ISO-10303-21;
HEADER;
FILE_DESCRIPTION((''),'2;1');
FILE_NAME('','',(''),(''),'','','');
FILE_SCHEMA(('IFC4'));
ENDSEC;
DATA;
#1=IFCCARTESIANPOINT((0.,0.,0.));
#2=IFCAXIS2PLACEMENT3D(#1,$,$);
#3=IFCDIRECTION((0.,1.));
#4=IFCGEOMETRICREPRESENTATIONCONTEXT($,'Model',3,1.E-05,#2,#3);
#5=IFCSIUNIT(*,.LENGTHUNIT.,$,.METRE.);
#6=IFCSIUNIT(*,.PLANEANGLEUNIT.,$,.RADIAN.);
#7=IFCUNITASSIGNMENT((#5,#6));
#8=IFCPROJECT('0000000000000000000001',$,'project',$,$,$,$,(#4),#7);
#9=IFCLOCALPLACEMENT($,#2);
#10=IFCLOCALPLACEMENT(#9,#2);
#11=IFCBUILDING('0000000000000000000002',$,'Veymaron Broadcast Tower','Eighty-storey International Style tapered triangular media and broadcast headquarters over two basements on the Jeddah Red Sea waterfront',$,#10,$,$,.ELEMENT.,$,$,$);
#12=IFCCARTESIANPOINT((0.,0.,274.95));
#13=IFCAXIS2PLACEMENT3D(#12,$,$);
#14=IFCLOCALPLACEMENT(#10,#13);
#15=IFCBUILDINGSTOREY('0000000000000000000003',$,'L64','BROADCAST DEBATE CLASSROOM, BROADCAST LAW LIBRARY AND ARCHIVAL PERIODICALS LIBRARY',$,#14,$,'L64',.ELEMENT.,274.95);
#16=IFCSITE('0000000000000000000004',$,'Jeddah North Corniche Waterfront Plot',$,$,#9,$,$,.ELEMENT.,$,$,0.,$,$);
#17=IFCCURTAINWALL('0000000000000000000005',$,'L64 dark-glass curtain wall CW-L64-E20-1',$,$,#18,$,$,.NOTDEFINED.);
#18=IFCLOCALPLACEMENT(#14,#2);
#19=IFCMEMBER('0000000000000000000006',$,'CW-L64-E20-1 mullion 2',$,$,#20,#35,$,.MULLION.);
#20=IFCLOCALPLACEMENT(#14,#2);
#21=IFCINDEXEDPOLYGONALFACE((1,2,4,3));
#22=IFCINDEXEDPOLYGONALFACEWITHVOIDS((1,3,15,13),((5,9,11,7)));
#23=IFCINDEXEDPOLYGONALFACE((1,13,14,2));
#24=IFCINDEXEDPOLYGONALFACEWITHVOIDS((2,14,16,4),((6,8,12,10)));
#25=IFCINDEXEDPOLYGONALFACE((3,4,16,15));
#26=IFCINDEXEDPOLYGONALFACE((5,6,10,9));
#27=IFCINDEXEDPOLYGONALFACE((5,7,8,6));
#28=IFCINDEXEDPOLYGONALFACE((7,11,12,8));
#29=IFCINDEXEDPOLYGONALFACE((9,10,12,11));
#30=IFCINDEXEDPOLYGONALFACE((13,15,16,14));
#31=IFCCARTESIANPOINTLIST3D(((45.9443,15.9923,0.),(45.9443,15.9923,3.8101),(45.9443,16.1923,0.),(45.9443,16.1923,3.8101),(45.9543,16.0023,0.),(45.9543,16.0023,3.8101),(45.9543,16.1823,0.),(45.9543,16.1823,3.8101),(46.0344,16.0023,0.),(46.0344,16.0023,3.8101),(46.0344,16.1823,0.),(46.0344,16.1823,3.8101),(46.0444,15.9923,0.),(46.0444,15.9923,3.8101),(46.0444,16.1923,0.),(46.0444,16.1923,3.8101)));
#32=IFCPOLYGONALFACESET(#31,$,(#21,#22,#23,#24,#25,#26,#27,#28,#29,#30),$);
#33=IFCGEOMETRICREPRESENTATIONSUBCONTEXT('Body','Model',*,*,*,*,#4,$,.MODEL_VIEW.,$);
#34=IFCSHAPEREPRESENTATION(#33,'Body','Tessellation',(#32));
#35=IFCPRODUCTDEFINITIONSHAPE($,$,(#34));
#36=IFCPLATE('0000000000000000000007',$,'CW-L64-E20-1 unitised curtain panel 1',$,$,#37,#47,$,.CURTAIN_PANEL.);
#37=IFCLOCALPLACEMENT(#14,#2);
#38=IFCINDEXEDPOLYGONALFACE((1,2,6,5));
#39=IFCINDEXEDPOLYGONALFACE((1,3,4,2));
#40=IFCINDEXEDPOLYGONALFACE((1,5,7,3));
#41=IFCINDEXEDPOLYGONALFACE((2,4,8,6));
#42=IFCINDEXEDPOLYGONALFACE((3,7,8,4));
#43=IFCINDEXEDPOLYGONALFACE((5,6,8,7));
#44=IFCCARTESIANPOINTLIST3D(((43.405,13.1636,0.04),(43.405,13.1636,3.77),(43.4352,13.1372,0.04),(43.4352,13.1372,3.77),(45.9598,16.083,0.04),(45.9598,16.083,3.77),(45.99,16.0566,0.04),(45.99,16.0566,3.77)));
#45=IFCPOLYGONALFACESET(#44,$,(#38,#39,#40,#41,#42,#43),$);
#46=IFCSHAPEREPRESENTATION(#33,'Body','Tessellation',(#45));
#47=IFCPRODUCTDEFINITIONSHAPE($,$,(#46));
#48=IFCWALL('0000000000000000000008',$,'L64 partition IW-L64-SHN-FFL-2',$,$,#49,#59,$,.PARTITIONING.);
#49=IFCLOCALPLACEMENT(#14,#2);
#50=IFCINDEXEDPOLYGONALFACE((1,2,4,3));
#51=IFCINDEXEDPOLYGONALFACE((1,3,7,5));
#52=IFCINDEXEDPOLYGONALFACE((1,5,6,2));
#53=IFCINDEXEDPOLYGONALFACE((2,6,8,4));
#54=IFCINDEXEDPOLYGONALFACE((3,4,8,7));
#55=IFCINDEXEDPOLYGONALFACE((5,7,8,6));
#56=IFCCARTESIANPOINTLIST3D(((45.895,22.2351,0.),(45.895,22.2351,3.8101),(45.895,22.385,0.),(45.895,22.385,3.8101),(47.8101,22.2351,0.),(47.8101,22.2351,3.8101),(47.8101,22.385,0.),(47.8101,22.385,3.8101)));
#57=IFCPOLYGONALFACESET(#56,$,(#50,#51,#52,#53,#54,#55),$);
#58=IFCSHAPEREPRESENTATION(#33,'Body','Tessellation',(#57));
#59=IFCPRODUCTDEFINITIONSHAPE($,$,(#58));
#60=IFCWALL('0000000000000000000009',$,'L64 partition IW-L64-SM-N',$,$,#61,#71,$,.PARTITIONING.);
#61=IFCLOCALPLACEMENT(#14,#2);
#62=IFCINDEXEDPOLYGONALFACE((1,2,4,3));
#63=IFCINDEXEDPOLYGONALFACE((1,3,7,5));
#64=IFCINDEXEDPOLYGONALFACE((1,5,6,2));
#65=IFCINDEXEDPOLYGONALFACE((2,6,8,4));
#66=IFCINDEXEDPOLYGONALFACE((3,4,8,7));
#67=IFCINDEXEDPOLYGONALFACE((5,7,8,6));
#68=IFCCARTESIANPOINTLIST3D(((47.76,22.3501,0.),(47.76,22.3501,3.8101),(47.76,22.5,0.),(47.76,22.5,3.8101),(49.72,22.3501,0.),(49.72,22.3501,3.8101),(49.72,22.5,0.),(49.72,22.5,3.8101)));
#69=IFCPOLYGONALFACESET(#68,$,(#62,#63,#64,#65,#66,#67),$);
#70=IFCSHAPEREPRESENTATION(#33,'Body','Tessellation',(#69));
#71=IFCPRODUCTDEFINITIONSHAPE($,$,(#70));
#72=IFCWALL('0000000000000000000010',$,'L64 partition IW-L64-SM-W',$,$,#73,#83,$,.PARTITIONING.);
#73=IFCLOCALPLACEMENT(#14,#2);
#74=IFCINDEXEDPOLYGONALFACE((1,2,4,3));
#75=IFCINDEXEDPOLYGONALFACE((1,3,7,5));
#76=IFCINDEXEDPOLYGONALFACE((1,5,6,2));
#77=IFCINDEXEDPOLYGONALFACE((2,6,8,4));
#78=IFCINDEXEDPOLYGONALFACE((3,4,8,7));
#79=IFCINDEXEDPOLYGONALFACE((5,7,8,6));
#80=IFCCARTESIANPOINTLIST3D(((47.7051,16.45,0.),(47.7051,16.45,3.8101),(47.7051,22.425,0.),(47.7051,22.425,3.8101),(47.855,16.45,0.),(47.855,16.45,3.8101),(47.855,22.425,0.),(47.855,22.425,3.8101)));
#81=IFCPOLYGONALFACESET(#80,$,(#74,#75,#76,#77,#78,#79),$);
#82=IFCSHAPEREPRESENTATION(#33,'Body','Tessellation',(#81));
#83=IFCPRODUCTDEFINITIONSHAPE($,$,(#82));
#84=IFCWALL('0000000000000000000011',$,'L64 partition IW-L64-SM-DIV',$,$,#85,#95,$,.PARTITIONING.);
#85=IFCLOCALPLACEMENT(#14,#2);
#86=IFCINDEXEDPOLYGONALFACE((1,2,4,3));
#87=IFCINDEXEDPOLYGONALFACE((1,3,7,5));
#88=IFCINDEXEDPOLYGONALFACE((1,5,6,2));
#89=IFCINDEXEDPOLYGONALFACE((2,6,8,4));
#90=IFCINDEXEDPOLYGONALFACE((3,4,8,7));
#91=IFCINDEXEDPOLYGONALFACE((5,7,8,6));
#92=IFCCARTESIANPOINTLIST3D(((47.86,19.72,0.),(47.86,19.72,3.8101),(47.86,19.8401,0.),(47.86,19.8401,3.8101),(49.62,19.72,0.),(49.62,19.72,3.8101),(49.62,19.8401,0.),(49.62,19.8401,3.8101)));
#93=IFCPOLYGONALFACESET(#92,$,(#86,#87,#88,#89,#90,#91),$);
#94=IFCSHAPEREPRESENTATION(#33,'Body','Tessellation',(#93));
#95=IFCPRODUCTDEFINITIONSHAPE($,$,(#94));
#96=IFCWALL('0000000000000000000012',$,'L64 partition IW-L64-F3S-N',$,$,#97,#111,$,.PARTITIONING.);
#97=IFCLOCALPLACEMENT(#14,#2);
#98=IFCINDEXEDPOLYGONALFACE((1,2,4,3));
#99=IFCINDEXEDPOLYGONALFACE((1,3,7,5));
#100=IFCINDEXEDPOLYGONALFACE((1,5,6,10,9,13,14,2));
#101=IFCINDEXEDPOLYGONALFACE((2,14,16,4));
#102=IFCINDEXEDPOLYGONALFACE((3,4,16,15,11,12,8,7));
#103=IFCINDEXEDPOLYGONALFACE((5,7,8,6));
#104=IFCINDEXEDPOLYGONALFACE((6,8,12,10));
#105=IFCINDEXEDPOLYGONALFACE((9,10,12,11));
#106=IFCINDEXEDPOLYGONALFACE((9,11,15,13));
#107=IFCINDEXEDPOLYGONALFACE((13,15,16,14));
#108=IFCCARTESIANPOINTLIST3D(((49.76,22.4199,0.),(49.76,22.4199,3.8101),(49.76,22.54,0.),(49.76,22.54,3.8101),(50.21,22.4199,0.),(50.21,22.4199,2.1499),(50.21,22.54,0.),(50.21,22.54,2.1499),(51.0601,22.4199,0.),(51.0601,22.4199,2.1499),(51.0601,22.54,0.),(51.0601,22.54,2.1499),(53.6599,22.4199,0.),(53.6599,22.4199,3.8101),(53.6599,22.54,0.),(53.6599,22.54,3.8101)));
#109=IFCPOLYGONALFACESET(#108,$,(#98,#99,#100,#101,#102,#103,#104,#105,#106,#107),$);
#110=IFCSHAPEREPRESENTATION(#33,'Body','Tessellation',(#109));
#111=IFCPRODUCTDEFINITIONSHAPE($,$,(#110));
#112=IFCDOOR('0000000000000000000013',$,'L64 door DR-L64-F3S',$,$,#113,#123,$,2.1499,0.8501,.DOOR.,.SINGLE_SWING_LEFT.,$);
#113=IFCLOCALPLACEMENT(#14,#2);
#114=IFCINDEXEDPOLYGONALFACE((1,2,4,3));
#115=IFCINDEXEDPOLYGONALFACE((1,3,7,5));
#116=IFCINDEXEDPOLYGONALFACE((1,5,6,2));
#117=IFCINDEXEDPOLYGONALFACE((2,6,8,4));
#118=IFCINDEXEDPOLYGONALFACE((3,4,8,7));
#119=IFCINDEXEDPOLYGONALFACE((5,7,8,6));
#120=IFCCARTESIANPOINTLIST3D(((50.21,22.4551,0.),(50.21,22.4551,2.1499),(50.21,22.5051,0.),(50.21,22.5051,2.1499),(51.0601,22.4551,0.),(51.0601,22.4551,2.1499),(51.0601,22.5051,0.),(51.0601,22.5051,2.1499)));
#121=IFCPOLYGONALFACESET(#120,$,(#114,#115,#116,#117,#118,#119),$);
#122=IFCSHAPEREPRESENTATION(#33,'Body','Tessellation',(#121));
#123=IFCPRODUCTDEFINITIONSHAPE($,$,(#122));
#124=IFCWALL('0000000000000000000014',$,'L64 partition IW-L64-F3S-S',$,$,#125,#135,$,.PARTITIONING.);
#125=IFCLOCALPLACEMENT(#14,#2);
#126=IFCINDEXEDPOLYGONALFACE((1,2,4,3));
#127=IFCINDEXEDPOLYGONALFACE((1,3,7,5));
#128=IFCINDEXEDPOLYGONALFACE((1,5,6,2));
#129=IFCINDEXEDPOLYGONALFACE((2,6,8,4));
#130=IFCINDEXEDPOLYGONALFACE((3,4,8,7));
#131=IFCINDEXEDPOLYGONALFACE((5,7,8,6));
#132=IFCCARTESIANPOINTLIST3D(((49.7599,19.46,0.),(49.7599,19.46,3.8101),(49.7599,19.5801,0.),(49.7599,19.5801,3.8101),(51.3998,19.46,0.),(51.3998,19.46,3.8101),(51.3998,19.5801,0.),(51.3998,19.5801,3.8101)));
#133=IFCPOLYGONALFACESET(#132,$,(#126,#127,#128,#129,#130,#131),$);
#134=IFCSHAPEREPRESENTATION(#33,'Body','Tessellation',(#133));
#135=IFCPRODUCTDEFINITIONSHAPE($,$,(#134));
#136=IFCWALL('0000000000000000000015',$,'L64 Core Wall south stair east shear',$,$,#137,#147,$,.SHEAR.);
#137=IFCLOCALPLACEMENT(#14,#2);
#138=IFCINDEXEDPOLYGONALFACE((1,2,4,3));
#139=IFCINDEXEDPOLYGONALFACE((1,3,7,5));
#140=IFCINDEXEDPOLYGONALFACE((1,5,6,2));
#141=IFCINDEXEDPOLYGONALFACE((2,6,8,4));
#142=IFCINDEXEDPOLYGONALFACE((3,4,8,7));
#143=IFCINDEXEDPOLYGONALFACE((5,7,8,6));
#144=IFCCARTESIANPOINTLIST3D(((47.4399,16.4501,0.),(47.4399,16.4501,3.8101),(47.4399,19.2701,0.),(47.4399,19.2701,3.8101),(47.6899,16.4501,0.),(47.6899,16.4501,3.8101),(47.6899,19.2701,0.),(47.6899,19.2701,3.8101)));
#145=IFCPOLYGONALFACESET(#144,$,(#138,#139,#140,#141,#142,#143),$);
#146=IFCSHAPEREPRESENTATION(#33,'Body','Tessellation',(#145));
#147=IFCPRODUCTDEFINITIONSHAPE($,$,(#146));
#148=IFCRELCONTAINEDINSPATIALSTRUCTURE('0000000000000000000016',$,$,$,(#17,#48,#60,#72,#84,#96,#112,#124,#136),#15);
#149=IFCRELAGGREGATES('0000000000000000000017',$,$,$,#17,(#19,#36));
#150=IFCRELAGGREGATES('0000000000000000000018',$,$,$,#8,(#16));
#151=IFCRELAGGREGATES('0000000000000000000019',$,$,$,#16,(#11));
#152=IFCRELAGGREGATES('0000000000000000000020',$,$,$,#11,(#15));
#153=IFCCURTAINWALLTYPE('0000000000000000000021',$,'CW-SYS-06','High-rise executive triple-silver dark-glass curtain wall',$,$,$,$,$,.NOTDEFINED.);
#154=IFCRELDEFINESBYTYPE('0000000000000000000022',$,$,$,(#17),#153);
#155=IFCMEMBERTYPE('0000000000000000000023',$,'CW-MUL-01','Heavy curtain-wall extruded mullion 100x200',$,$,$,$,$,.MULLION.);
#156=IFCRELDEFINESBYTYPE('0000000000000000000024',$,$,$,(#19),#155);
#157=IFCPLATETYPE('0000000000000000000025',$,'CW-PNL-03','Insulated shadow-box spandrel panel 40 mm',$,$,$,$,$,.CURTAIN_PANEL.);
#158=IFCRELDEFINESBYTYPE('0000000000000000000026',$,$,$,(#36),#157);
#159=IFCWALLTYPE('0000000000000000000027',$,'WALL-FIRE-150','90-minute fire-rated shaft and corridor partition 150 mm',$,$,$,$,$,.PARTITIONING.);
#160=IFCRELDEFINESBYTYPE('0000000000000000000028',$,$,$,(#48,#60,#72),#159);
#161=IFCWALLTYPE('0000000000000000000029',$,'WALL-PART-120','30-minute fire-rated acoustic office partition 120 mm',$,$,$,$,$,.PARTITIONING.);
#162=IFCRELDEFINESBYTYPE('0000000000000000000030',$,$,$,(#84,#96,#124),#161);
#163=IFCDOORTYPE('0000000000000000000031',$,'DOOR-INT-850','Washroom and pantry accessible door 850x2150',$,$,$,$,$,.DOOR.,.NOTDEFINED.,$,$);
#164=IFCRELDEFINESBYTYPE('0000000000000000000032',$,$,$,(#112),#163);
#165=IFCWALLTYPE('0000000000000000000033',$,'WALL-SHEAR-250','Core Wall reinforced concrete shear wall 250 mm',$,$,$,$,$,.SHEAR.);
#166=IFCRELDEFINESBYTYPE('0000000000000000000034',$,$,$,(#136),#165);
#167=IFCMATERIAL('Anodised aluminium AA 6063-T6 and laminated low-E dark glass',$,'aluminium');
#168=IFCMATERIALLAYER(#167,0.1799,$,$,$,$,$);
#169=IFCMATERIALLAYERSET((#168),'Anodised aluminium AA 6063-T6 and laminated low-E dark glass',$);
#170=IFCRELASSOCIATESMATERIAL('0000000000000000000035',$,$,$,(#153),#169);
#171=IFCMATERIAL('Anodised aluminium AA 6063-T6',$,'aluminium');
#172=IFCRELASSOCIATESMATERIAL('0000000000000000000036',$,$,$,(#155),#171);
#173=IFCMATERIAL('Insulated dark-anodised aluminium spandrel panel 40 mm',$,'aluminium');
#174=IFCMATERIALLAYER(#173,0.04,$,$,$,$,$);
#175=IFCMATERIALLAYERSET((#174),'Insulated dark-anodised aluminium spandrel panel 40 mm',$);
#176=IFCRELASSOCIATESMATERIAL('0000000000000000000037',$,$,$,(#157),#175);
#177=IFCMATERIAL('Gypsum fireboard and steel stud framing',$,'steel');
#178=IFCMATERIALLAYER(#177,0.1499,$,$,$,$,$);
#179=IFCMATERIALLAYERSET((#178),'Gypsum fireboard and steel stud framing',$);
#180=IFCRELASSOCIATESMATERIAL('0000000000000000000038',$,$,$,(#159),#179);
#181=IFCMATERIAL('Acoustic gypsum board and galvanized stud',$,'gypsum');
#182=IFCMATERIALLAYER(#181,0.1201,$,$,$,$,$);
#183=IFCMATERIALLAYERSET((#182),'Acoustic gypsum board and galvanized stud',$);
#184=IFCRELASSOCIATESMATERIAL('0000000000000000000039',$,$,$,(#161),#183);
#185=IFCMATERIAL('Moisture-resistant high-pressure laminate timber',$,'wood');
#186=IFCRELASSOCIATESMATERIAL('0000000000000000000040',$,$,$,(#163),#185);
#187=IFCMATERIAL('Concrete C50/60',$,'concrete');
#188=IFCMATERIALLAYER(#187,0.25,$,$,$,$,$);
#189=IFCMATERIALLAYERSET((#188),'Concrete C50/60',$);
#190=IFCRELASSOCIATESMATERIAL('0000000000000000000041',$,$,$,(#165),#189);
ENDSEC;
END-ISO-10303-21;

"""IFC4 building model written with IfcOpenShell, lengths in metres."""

from ifc_helpers import new_model, si_unit, direction, frame, frame_2d, origin, origin_2d, place, context, subcontext, project, spatial, rectangle, hollow_rectangle, extrude, material, layer, layer_set, material_profile, profile_set, type_object, element, fill, aggregate, save


model = new_model("IFC4")

# Units and contexts
model_context = context("Model", 3, precision=1e-05, world=origin(), true_north=direction((0.0, 1.0)))
body_context = subcontext(model_context, "Body", "Model", "MODEL_VIEW")
ifc_project = project(units=[si_unit("LENGTHUNIT", "METRE"), si_unit("PLANEANGLEUNIT", "RADIAN")], contexts=[model_context])

# Site, building, storey
site_placement = place(None, origin())
site = spatial("IfcSite", under=ifc_project, at=site_placement, Name="Jeddah North Corniche Waterfront Plot", CompositionType="ELEMENT", RefElevation=0.0)
building_placement = place(site_placement, origin())
building = spatial("IfcBuilding", under=site, at=building_placement, Name="Veymaron Broadcast Tower", Description="Eighty-storey International Style tapered triangular media and broadcast headquarters over two basements on the Jeddah Red Sea waterfront", CompositionType="ELEMENT")
storey_placement = place(building_placement, frame((0.0, 0.0, 274.95)))
storey = spatial("IfcBuildingStorey", under=building, at=storey_placement, Name="L64", Description="BROADCAST DEBATE CLASSROOM, BROADCAST LAW LIBRARY AND ARCHIVAL PERIODICALS LIBRARY", LongName="L64", CompositionType="ELEMENT", Elevation=274.95)

# Curtain wall, member, plate
ifc_material_1 = material(Name="Anodised aluminium AA 6063-T6 and laminated low-E dark glass", Category="aluminium")
ifc_layer_1 = layer(ifc_material_1, 0.1799)
ifc_layer_set_1 = layer_set([ifc_layer_1], Name="Anodised aluminium AA 6063-T6 and laminated low-E dark glass")
curtain_wall_type = type_object("IfcCurtainWallType", Name="CW-SYS-06", Description="High-rise executive triple-silver dark-glass curtain wall", PredefinedType="NOTDEFINED", material=ifc_layer_set_1)
curtain_wall_placement = place(storey_placement, origin())
curtain_wall = element("IfcCurtainWall", 1, at=curtain_wall_placement, inside=storey, type_object=curtain_wall_type, Name="L64 dark-glass curtain wall CW-L64-E20-1", PredefinedType="NOTDEFINED")
ifc_material_2 = material(Name="Anodised aluminium AA 6063-T6", Category="aluminium")
ifc_material_profile = material_profile(ifc_material_2, hollow_rectangle(XDim=0.1001, YDim=0.2, WallThickness=0.01, at=origin_2d()), Name="RHS200X100X10")
ifc_profile_set = profile_set([ifc_material_profile], Name="Anodised aluminium AA 6063-T6")
member_type = type_object("IfcMemberType", Name="CW-MUL-01", Description="Heavy curtain-wall extruded mullion 100x200", PredefinedType="MULLION", material=ifc_profile_set)
member_placement = place(storey_placement, frame((45.9944, 16.0923, 0.0), z_axis=(0.0, 0.0, 1.0), x_axis=(1.0, 0.0, 0.0)))
member = element("IfcMember", 2, at=member_placement, type_object=member_type, Name="CW-L64-E20-1 mullion 2", PredefinedType="MULLION", context=body_context, shape_type="SweptSolid", body=[
    extrude(hollow_rectangle(XDim=0.1001, YDim=0.2, WallThickness=0.01, at=origin_2d()), origin(), (0.0, 0.0, 1.0), 3.8101),
])
ifc_material_3 = material(Name="Insulated dark-anodised aluminium spandrel panel 40 mm", Category="aluminium")
ifc_layer_2 = layer(ifc_material_3, 0.04)
ifc_layer_set_2 = layer_set([ifc_layer_2], Name="Insulated dark-anodised aluminium spandrel panel 40 mm")
plate_type = type_object("IfcPlateType", Name="CW-PNL-03", Description="Insulated shadow-box spandrel panel 40 mm", PredefinedType="CURTAIN_PANEL", material=ifc_layer_set_2)
plate_placement = place(storey_placement, frame((44.6975, 14.6101, 0.04), z_axis=(0.0, 0.0, 1.0), x_axis=(0.658558, 0.75253, 0.0)))
plate = element("IfcPlate", 3, at=plate_placement, type_object=plate_type, Name="CW-L64-E20-1 unitised curtain panel 1", PredefinedType="CURTAIN_PANEL", context=body_context, shape_type="SweptSolid", body=[
    extrude(rectangle(XDim=3.8794, YDim=0.04, at=origin_2d()), origin(), (0.0, 0.0, 1.0), 3.73),
])
aggregate(curtain_wall, [member, plate])

# Shared definitions
ifc_material_4 = material(Name="Gypsum fireboard and steel stud framing", Category="steel")
ifc_layer_3 = layer(ifc_material_4, 0.1499)
ifc_layer_set_3 = layer_set([ifc_layer_3], Name="Gypsum fireboard and steel stud framing")
wall_type_1 = type_object("IfcWallType", Name="WALL-FIRE-150", Description="90-minute fire-rated shaft and corridor partition 150 mm", PredefinedType="PARTITIONING", material=ifc_layer_set_3)

# Wall
wall_1_placement = place(storey_placement, frame((45.895, 22.3101, 0.0), z_axis=(0.0, 0.0, 1.0), x_axis=(1.0, 0.0, 0.0)))
element("IfcWall", 4, at=wall_1_placement, inside=storey, type_object=wall_type_1, Name="L64 partition IW-L64-SHN-FFL-2", PredefinedType="PARTITIONING", context=body_context, shape_type="SweptSolid", body=[
    extrude(rectangle(XDim=1.915, YDim=0.1499, at=frame_2d((0.9575, 0.0))), origin(), (0.0, 0.0, 1.0), 3.8101),
])

# Walls
wall_2_placement = place(storey_placement, frame((47.76, 22.425, 0.0), z_axis=(0.0, 0.0, 1.0), x_axis=(1.0, 0.0, 0.0)))
element("IfcWall", 5, at=wall_2_placement, inside=storey, type_object=wall_type_1, Name="L64 partition IW-L64-SM-N", PredefinedType="PARTITIONING", context=body_context, shape_type="SweptSolid", body=[
    extrude(rectangle(XDim=1.96, YDim=0.1499, at=frame_2d((0.98, 0.0))), origin(), (0.0, 0.0, 1.0), 3.8101),
])
wall_3_placement = place(storey_placement, frame((47.78, 16.45, 0.0), z_axis=(0.0, 0.0, 1.0), x_axis=(0.0, 1.0, 0.0)))
element("IfcWall", 6, at=wall_3_placement, inside=storey, type_object=wall_type_1, Name="L64 partition IW-L64-SM-W", PredefinedType="PARTITIONING", context=body_context, shape_type="SweptSolid", body=[
    extrude(rectangle(XDim=5.9751, YDim=0.1499, at=frame_2d((2.9875, 0.0))), origin(), (0.0, 0.0, 1.0), 3.8101),
])
ifc_material_5 = material(Name="Acoustic gypsum board and galvanized stud", Category="gypsum")
ifc_layer_4 = layer(ifc_material_5, 0.1201)
ifc_layer_set_4 = layer_set([ifc_layer_4], Name="Acoustic gypsum board and galvanized stud")
wall_type_2 = type_object("IfcWallType", Name="WALL-PART-120", Description="30-minute fire-rated acoustic office partition 120 mm", PredefinedType="PARTITIONING", material=ifc_layer_set_4)
wall_4_placement = place(storey_placement, frame((47.8601, 19.78, 0.0), z_axis=(0.0, 0.0, 1.0), x_axis=(1.0, 0.0, 0.0)))
element("IfcWall", 7, at=wall_4_placement, inside=storey, type_object=wall_type_2, Name="L64 partition IW-L64-SM-DIV", PredefinedType="PARTITIONING", context=body_context, shape_type="SweptSolid", body=[
    extrude(rectangle(XDim=1.76, YDim=0.1201, at=frame_2d((0.8799, 0.0))), origin(), (0.0, 0.0, 1.0), 3.8101),
])

# Shared definitions
ifc_material_6 = material(Name="Moisture-resistant high-pressure laminate timber", Category="wood")
door_type_1 = type_object("IfcDoorType", Name="DOOR-INT-850", Description="Washroom and pantry accessible door 850x2150", OperationType="NOTDEFINED", PredefinedType="DOOR", material=ifc_material_6)

# Wall, opening, door
wall_5_placement = place(storey_placement, frame((49.76, 22.48, 0.0), z_axis=(0.0, 0.0, 1.0), x_axis=(1.0, 0.0, 0.0)))
wall_5 = element("IfcWall", 8, at=wall_5_placement, inside=storey, type_object=wall_type_2, Name="L64 partition IW-L64-F3S-N", PredefinedType="PARTITIONING", context=body_context, shape_type="SweptSolid", body=[
    extrude(rectangle(XDim=3.8999, YDim=0.1201, at=frame_2d((1.95, 0.0))), origin(), (0.0, 0.0, 1.0), 3.8101),
])
opening_1_placement = place(wall_5_placement, frame((0.45, 0.0, 0.0)))
opening_1 = element("IfcOpeningElement", 9, at=opening_1_placement, cuts=wall_5, PredefinedType="OPENING", context=body_context, shape_type="SweptSolid", body=[
    extrude(rectangle(XDim=0.8501, YDim=2.1499, at=frame_2d((0.425, 1.075))), frame((0.0, 0.0701, 0.0), z_axis=(0.0, -1.0, 0.0), x_axis=(1.0, 0.0, 0.0)), (0.0, 0.0, 1.0), 0.1401),
])
door_1_placement = place(opening_1_placement, frame((0.8501, 0.0, 0.0), z_axis=(0.0, 0.0, 1.0), x_axis=(-1.0, 0.0, 0.0)))
door_1 = element("IfcDoor", 10, at=door_1_placement, inside=storey, type_object=door_type_1, Name="L64 door DR-L64-F3S", OperationType="SINGLE_SWING_LEFT", OverallHeight=2.1499, OverallWidth=0.8501, PredefinedType="DOOR", context=body_context, shape_type="SweptSolid", body=[
    extrude(rectangle(XDim=0.8501, YDim=2.1499, at=frame_2d((0.425, 1.075))), frame((0.0, 0.0249, 0.0), z_axis=(0.0, -1.0, 0.0), x_axis=(1.0, 0.0, 0.0)), (0.0, 0.0, 1.0), 0.05),
])
fill(opening_1, door_1)

# Walls
wall_6_placement = place(storey_placement, frame((49.76, 19.52, 0.0), z_axis=(0.0, 0.0, 1.0), x_axis=(1.0, 0.0, 0.0)))
element("IfcWall", 11, at=wall_6_placement, inside=storey, type_object=wall_type_2, Name="L64 partition IW-L64-F3S-S", PredefinedType="PARTITIONING", context=body_context, shape_type="SweptSolid", body=[
    extrude(rectangle(XDim=1.6399, YDim=0.1201, at=frame_2d((0.8198, 0.0))), origin(), (0.0, 0.0, 1.0), 3.8101),
])
ifc_material_7 = material(Name="Concrete C50/60", Category="concrete")
ifc_layer_5 = layer(ifc_material_7, 0.25)
ifc_layer_set_5 = layer_set([ifc_layer_5], Name="Concrete C50/60")
wall_type_3 = type_object("IfcWallType", Name="WALL-SHEAR-250", Description="Core Wall reinforced concrete shear wall 250 mm", PredefinedType="SHEAR", material=ifc_layer_set_5)
wall_7_placement = place(storey_placement, frame((47.5649, 16.45, 0.0), z_axis=(0.0, 0.0, 1.0), x_axis=(0.0, 1.0, 0.0)))
element("IfcWall", 12, at=wall_7_placement, inside=storey, type_object=wall_type_3, Name="L64 Core Wall south stair east shear", PredefinedType="SHEAR", context=body_context, shape_type="SweptSolid", body=[
    extrude(rectangle(XDim=2.8201, YDim=0.25, at=frame_2d((1.4102, 0.0))), origin(), (0.0, 0.0, 1.0), 3.8101),
])

save(model, "model.ifc")
